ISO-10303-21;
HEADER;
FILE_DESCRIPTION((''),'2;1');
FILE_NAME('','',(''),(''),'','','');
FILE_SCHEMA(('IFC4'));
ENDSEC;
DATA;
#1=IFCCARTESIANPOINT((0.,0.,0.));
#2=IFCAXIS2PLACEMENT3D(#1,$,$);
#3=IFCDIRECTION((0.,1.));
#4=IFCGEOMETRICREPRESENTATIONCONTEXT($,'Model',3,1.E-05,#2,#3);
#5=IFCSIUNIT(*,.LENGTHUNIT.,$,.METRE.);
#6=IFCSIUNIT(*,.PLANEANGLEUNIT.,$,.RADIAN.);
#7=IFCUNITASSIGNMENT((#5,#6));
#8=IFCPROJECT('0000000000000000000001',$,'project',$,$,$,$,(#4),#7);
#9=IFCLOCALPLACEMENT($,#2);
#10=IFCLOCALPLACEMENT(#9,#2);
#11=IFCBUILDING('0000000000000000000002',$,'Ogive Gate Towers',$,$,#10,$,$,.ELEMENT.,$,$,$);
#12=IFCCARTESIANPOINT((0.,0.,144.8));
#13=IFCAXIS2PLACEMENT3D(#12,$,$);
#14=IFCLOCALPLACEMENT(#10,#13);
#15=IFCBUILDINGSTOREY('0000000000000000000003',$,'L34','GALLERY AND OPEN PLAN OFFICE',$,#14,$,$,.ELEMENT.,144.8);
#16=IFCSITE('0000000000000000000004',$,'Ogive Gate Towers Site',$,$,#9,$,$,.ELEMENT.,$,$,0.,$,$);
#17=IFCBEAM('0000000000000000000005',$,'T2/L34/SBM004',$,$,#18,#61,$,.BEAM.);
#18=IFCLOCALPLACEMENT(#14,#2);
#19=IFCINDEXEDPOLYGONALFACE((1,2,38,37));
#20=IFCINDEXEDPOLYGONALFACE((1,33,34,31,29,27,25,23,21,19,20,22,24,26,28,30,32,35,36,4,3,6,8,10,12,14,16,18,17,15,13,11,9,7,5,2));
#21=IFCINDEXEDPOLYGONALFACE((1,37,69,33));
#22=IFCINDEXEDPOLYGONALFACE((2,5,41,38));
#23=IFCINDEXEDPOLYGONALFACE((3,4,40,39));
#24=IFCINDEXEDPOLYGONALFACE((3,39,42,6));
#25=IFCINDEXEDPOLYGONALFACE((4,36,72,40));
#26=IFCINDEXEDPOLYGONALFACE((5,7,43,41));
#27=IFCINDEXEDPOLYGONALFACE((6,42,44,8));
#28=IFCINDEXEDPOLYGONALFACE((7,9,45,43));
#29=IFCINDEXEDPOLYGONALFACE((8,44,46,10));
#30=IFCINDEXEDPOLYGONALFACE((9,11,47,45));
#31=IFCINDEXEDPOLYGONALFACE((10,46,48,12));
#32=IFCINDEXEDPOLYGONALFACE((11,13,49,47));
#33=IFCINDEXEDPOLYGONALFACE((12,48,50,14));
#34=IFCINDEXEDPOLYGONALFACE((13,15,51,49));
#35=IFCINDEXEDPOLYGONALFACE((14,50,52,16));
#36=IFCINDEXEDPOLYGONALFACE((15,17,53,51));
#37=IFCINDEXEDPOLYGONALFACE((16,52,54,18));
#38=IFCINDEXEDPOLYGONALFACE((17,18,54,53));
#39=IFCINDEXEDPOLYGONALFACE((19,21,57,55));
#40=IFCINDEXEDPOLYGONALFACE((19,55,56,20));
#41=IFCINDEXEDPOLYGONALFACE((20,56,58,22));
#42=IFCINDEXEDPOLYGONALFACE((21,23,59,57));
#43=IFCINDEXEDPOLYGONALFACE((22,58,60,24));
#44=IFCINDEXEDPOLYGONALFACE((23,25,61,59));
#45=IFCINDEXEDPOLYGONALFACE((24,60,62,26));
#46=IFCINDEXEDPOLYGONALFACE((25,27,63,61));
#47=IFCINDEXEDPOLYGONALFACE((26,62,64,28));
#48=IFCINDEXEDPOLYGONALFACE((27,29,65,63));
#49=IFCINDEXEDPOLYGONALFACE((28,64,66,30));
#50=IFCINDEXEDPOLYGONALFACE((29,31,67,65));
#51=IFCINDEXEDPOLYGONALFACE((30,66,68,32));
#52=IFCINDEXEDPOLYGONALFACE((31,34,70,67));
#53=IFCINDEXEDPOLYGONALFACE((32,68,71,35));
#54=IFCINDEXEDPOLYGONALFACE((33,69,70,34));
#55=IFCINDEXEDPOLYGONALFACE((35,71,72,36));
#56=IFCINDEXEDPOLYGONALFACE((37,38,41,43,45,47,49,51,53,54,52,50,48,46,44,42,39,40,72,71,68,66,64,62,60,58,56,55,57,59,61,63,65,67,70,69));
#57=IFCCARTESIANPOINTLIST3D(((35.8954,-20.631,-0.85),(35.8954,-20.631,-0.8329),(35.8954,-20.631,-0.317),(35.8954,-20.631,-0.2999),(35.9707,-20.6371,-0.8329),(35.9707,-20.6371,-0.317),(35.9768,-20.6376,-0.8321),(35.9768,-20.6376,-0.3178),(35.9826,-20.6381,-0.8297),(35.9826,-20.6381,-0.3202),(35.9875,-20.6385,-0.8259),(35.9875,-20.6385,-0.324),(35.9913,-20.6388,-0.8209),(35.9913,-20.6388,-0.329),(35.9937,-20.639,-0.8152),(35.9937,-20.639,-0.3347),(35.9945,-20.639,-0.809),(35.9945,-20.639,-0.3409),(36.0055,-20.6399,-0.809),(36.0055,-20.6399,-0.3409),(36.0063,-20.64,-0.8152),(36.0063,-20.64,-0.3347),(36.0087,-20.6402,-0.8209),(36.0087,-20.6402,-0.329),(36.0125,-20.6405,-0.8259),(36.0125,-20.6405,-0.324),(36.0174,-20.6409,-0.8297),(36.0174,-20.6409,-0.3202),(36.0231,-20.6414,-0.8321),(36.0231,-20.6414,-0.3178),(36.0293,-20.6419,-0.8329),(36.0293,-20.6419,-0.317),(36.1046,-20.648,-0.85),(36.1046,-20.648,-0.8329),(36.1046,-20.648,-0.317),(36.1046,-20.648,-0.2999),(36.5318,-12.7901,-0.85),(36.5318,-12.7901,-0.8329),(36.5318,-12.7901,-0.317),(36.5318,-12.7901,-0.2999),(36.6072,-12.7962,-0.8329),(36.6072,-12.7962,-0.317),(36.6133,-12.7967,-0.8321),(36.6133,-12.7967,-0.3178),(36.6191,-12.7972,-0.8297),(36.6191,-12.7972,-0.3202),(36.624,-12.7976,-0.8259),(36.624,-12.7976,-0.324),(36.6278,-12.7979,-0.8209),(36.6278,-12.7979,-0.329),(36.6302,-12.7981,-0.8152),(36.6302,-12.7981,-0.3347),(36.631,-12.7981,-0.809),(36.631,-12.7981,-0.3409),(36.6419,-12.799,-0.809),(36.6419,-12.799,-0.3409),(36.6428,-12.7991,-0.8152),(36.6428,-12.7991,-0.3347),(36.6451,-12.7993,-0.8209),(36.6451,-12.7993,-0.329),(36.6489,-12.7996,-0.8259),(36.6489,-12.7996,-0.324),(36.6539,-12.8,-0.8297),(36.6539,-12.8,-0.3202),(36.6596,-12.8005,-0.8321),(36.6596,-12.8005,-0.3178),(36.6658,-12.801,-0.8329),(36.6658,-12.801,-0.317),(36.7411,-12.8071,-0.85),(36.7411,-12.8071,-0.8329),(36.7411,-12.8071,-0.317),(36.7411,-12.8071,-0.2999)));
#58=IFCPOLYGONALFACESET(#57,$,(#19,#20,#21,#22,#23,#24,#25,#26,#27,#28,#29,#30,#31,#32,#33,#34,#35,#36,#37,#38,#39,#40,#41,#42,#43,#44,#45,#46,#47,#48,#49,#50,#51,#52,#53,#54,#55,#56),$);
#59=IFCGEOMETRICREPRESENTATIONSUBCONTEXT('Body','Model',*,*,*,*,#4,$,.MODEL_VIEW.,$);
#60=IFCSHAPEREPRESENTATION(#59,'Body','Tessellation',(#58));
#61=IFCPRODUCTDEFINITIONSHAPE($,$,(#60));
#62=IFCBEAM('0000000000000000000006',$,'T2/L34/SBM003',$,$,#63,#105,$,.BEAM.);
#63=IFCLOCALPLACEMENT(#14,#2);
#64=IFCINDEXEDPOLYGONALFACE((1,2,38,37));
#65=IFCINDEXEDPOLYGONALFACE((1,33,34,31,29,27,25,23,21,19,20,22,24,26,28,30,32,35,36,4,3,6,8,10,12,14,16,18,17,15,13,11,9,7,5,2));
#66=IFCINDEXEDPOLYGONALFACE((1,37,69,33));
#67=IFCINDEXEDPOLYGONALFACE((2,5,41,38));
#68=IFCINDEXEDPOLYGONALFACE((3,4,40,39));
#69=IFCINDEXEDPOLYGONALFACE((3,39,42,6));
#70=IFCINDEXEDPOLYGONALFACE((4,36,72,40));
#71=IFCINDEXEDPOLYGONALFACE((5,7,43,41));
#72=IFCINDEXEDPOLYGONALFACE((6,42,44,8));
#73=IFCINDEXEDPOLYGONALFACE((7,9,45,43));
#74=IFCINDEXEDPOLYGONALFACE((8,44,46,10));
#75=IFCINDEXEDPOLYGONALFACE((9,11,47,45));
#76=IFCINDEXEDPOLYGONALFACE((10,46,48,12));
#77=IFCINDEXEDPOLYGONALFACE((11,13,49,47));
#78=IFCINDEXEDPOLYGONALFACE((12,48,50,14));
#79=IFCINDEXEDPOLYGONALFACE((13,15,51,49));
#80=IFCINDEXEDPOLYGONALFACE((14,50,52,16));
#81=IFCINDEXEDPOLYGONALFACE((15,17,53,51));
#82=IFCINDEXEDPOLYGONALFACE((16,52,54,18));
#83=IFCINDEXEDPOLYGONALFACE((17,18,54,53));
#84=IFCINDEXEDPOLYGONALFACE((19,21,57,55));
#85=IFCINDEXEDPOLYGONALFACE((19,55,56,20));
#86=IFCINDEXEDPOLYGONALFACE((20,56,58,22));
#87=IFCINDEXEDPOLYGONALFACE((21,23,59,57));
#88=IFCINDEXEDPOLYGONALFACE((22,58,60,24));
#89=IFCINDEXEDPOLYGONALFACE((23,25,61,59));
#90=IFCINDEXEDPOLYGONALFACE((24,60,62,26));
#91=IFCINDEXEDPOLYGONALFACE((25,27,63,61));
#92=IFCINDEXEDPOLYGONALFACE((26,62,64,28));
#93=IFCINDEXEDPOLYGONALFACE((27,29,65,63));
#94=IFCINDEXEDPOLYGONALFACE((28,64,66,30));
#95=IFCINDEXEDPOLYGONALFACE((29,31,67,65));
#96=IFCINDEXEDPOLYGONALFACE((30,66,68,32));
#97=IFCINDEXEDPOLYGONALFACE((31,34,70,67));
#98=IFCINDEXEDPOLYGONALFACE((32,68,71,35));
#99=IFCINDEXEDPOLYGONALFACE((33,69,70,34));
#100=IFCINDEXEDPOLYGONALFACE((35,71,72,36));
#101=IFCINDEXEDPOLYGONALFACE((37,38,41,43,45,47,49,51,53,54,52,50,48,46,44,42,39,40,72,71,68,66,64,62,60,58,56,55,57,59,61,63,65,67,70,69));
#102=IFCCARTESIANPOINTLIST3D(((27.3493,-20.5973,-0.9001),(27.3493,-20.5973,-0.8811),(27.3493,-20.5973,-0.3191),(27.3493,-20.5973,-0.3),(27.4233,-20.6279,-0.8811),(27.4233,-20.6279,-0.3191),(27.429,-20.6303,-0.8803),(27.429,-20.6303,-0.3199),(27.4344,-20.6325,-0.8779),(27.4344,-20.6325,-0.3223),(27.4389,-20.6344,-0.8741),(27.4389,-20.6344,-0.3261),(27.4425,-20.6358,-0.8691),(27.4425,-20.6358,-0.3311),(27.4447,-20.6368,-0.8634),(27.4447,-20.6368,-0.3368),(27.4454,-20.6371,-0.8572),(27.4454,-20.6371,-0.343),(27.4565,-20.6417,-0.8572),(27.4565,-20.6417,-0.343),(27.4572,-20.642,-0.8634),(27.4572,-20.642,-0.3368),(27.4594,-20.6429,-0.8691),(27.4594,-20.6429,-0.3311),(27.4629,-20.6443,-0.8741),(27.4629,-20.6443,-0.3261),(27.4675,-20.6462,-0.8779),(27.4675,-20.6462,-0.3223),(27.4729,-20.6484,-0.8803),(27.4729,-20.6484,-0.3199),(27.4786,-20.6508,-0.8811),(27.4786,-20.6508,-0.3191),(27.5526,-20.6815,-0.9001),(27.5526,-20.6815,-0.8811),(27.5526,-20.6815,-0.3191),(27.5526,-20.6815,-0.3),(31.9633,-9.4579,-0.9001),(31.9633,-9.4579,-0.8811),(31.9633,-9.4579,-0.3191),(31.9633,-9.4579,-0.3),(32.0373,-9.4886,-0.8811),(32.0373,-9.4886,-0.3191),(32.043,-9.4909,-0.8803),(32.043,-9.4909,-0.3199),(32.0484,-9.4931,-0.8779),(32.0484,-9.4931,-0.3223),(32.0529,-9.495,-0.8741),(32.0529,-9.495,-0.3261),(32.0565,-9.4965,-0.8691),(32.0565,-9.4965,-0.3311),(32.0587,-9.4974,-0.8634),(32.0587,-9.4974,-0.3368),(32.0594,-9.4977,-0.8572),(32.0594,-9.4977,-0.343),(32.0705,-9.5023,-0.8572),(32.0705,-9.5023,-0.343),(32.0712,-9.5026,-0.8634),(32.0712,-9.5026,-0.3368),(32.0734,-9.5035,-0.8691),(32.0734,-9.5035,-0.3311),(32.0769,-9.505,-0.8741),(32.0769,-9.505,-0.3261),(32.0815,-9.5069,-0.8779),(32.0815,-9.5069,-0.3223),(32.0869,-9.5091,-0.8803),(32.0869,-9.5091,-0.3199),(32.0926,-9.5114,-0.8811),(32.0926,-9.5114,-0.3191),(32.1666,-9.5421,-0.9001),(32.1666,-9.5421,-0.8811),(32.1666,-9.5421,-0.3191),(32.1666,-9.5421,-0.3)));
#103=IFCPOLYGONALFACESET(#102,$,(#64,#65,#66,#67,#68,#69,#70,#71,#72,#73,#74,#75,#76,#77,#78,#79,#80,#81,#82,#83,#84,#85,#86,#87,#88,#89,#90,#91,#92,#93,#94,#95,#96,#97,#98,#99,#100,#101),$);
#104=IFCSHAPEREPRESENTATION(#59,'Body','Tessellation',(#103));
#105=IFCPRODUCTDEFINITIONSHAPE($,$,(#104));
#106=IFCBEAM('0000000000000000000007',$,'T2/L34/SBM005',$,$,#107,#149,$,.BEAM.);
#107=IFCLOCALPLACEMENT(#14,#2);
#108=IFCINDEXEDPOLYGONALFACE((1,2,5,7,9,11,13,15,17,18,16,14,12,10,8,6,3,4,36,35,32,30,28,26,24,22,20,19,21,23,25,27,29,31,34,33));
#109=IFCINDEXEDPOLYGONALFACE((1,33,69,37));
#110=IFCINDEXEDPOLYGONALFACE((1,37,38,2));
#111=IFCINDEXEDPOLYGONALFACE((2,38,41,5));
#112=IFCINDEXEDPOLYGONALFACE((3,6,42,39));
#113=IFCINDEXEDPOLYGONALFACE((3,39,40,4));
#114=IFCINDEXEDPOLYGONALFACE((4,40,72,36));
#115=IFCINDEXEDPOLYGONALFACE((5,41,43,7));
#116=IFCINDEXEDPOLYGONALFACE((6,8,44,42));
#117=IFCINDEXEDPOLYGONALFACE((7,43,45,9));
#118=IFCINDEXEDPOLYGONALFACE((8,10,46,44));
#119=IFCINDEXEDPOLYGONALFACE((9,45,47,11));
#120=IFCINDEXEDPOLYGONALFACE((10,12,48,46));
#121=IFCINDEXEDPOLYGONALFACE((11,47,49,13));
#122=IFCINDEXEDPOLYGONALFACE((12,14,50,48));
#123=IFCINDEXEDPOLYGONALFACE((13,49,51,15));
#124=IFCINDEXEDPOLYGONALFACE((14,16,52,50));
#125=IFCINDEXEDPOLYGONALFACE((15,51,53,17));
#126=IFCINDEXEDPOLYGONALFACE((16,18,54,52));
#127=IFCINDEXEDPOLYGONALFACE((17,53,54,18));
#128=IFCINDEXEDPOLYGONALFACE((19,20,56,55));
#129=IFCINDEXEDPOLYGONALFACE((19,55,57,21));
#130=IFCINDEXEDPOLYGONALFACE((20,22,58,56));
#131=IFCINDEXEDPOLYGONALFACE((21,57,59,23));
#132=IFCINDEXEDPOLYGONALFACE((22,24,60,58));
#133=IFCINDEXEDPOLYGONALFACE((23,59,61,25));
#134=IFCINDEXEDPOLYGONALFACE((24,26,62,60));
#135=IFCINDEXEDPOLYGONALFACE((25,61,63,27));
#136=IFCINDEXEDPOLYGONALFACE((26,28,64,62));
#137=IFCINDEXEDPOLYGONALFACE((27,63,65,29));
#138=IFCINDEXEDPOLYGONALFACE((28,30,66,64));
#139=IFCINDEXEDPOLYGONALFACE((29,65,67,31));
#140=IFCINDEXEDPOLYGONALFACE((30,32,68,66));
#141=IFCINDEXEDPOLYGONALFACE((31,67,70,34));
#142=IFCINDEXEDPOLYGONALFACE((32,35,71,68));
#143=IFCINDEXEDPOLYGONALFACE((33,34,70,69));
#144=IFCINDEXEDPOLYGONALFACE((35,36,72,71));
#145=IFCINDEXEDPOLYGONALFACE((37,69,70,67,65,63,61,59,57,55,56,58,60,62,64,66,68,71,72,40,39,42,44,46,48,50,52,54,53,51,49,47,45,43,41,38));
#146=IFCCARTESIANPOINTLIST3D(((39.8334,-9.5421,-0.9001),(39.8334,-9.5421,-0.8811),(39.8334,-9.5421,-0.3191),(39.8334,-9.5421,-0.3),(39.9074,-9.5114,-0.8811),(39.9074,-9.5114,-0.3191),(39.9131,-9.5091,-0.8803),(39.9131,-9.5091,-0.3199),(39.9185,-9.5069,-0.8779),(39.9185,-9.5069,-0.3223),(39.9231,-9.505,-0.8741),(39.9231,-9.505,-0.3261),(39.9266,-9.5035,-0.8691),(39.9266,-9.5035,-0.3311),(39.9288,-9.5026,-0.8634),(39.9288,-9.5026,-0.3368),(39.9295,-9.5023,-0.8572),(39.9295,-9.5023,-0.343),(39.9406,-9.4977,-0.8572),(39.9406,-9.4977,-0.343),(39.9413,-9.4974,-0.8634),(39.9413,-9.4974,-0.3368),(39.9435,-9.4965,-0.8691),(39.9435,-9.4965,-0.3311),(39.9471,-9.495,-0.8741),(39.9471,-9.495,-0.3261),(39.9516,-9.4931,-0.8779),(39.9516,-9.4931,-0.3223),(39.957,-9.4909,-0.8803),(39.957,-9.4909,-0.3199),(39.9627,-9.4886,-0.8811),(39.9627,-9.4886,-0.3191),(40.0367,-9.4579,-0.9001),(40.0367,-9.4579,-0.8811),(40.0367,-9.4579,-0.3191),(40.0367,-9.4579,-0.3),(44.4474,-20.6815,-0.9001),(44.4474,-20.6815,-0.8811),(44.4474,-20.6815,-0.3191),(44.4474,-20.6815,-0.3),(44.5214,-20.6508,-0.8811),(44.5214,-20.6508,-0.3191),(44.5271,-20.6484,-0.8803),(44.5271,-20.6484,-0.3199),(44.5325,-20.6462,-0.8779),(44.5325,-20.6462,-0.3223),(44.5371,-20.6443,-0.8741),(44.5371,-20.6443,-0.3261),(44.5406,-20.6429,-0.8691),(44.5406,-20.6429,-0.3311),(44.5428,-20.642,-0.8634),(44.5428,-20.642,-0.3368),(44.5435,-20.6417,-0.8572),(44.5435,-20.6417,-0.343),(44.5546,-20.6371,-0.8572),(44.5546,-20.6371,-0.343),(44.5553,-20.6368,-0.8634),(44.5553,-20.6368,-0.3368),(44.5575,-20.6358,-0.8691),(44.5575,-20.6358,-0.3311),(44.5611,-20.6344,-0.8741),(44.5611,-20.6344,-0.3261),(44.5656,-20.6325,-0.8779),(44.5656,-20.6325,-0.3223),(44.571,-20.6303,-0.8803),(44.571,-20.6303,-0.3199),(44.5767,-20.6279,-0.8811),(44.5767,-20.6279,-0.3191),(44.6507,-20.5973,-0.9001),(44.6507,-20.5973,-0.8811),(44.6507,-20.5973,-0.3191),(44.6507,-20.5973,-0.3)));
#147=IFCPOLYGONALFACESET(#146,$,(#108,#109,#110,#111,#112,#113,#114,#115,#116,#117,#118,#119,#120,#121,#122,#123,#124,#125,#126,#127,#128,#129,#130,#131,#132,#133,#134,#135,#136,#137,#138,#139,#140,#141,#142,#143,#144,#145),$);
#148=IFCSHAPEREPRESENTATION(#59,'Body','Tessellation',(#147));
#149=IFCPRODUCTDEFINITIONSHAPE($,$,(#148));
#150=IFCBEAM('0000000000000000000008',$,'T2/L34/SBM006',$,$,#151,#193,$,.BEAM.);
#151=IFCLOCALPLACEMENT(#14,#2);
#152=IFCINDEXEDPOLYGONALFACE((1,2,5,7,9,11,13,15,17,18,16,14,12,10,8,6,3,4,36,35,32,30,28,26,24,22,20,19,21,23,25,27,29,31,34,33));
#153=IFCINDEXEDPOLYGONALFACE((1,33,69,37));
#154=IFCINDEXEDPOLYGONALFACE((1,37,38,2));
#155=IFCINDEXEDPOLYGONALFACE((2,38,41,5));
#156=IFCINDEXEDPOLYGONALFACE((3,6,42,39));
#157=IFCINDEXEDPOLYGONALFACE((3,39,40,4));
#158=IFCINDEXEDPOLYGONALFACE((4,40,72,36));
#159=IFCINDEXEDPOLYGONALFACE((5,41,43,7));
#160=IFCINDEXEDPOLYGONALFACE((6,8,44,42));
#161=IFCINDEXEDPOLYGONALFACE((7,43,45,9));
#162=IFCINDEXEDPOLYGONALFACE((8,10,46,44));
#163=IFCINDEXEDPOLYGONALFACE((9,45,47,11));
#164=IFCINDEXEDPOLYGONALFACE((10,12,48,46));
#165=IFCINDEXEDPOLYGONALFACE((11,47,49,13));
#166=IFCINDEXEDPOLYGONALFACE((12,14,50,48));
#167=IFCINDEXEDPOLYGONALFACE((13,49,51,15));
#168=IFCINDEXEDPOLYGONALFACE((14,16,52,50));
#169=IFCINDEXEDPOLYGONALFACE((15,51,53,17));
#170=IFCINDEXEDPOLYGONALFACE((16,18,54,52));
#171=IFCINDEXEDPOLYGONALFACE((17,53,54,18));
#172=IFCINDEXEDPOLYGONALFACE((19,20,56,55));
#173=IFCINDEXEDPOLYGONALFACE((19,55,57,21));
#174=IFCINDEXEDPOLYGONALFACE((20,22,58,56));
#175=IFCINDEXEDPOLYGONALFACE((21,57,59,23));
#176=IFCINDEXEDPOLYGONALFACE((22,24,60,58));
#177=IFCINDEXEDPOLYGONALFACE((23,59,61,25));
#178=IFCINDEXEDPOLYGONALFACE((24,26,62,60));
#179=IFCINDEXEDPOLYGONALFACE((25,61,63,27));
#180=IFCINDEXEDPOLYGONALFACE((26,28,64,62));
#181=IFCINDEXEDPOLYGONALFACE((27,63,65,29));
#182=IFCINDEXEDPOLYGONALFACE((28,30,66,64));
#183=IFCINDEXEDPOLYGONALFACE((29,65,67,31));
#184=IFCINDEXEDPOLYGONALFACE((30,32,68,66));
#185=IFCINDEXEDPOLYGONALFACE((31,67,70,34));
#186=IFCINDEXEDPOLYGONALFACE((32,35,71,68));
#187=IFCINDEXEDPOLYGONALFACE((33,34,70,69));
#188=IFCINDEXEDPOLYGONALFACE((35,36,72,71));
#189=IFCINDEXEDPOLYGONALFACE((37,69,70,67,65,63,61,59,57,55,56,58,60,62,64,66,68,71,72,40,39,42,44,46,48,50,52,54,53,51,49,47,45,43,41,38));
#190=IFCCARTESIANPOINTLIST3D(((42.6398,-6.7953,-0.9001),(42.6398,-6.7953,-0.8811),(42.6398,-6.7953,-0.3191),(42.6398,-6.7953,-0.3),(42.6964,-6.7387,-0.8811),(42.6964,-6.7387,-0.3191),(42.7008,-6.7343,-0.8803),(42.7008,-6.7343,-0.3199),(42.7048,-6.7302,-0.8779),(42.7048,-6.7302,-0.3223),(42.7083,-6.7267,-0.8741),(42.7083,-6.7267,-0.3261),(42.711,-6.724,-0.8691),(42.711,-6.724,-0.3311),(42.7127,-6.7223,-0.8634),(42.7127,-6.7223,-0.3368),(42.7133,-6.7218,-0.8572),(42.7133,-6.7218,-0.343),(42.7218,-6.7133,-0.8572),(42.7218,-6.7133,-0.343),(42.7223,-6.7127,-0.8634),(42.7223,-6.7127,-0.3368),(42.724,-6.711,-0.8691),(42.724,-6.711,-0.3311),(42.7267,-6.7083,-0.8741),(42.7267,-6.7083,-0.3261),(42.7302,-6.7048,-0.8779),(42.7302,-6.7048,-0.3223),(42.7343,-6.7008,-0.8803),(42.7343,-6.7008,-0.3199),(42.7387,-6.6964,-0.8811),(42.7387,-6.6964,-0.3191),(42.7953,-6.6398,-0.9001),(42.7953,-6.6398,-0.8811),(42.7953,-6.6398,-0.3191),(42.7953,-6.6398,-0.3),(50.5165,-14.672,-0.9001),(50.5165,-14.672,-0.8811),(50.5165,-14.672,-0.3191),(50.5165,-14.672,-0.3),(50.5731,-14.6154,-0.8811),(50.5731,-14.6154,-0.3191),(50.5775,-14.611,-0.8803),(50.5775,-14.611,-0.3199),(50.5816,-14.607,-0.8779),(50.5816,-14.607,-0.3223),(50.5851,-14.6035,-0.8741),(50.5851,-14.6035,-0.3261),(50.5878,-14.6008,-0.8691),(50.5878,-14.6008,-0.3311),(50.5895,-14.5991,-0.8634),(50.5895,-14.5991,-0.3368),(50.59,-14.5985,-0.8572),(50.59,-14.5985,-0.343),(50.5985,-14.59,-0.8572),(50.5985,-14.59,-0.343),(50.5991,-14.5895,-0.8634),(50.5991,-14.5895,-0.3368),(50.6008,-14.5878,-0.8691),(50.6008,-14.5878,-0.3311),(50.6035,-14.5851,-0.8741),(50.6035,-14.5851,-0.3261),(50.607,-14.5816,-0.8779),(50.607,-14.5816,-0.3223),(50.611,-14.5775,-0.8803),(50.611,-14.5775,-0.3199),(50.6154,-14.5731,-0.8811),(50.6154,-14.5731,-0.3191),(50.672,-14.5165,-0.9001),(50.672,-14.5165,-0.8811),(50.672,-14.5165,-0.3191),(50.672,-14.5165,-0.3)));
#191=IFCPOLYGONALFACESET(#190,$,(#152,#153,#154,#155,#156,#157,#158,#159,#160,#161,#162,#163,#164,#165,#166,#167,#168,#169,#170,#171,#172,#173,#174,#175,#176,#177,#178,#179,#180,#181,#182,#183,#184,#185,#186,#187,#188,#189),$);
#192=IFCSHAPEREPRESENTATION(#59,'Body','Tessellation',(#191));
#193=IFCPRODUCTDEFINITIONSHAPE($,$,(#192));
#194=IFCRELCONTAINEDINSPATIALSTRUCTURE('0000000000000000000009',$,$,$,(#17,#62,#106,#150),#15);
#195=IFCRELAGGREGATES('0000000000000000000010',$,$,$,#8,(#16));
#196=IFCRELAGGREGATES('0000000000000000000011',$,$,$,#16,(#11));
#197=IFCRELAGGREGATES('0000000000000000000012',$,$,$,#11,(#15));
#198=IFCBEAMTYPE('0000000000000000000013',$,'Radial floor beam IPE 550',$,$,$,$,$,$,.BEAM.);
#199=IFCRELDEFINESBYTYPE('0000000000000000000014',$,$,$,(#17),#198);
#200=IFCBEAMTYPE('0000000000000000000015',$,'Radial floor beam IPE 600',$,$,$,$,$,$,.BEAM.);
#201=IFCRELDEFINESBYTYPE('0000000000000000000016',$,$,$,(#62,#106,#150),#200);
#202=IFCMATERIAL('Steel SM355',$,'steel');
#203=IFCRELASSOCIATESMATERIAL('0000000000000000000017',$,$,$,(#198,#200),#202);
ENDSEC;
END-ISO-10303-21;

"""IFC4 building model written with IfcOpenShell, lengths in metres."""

from ifc_helpers import new_model, si_unit, direction, frame, origin, origin_2d, place, context, subcontext, project, spatial, i_section, extrude, material, material_profile, profile_set, type_object, element, save


model = new_model("IFC4")

# Units and contexts
model_context = context("Model", 3, precision=1e-05, world=origin(), true_north=direction((0.0, 1.0)))
body_context = subcontext(model_context, "Body", "Model", "MODEL_VIEW")
ifc_project = project(units=[si_unit("LENGTHUNIT", "METRE"), si_unit("PLANEANGLEUNIT", "RADIAN")], contexts=[model_context])

# Site, building, storey
site_placement = place(None, origin())
site = spatial("IfcSite", under=ifc_project, at=site_placement, Name="Ogive Gate Towers Site", CompositionType="ELEMENT", RefElevation=0.0)
building_placement = place(site_placement, origin())
building = spatial("IfcBuilding", under=site, at=building_placement, Name="Ogive Gate Towers", CompositionType="ELEMENT")
storey_placement = place(building_placement, frame((0.0, 0.0, 144.8)))
storey = spatial("IfcBuildingStorey", under=building, at=storey_placement, Name="L34", Description="GALLERY AND OPEN PLAN OFFICE", CompositionType="ELEMENT", Elevation=144.8)

# Beams
ifc_material_1 = material(Name="Steel SM355", Category="steel")
ifc_material_profile_1 = material_profile(ifc_material_1, i_section(OverallWidth=0.21, OverallDepth=0.55, WebThickness=0.011, FlangeThickness=0.0171, FilletRadius=0.0239, at=origin_2d()), Name="IPE 550")
ifc_profile_set_1 = profile_set([ifc_material_profile_1], Name="Steel SM355")
beam_type_1 = type_object("IfcBeamType", Name="Radial floor beam IPE 550", PredefinedType="BEAM", material=ifc_profile_set_1)
beam_1_placement = place(storey_placement, frame((36.6365, -12.7986, -0.575), z_axis=(-0.080908, -0.996722, 0.0), x_axis=(0.996722, -0.080908, 0.0)))
element("IfcBeam", 1, at=beam_1_placement, inside=storey, type_object=beam_type_1, Name="T2/L34/SBM004", PredefinedType="BEAM", context=body_context, shape_type="SweptSolid", body=[
    extrude(i_section(OverallWidth=0.21, OverallDepth=0.55, WebThickness=0.011, FlangeThickness=0.0171, FilletRadius=0.0239, at=origin_2d()), origin(), (0.0, 0.0, 1.0), 7.8667),
])
ifc_material_profile_2 = material_profile(ifc_material_1, i_section(OverallWidth=0.22, OverallDepth=0.6001, WebThickness=0.012, FlangeThickness=0.019, FilletRadius=0.0239, at=origin_2d()), Name="IPE 600")
ifc_profile_set_2 = profile_set([ifc_material_profile_2], Name="Steel SM355")
beam_type_2 = type_object("IfcBeamType", Name="Radial floor beam IPE 600", PredefinedType="BEAM", material=ifc_profile_set_2)
for number, where, z_axis, x_axis, name in (
    (2, (32.0649, -9.5, -0.6001), (-0.382678, -0.923882, 0.0), (0.923882, -0.382678, 0.0), "T2/L34/SBM003"),
    (3, (39.9351, -9.5, -0.6001), (0.382678, -0.923882, 0.0), (0.923882, 0.382678, 0.0), "T2/L34/SBM005"),
):
    element("IfcBeam", number, at=place(storey_placement, frame(where, z_axis=z_axis, x_axis=x_axis)), inside=storey, type_object=beam_type_2, Name=name, PredefinedType="BEAM", context=body_context, shape_type="SweptSolid", body=[
        extrude(i_section(OverallWidth=0.22, OverallDepth=0.6001, WebThickness=0.012, FlangeThickness=0.019, FilletRadius=0.0239, at=origin_2d()), origin(), (0.0, 0.0, 1.0), 12.0571),
    ])
beam_2_placement = place(storey_placement, frame((42.7175, -6.7175, -0.6001), z_axis=(0.707107, -0.707107, 0.0), x_axis=(0.707107, 0.707107, 0.0)))
element("IfcBeam", 4, at=beam_2_placement, inside=storey, type_object=beam_type_2, Name="T2/L34/SBM006", PredefinedType="BEAM", context=body_context, shape_type="SweptSolid", body=[
    extrude(i_section(OverallWidth=0.22, OverallDepth=0.6001, WebThickness=0.012, FlangeThickness=0.019, FilletRadius=0.0239, at=origin_2d()), origin(), (0.0, 0.0, 1.0), 11.1394),
])

save(model, "model.ifc")
